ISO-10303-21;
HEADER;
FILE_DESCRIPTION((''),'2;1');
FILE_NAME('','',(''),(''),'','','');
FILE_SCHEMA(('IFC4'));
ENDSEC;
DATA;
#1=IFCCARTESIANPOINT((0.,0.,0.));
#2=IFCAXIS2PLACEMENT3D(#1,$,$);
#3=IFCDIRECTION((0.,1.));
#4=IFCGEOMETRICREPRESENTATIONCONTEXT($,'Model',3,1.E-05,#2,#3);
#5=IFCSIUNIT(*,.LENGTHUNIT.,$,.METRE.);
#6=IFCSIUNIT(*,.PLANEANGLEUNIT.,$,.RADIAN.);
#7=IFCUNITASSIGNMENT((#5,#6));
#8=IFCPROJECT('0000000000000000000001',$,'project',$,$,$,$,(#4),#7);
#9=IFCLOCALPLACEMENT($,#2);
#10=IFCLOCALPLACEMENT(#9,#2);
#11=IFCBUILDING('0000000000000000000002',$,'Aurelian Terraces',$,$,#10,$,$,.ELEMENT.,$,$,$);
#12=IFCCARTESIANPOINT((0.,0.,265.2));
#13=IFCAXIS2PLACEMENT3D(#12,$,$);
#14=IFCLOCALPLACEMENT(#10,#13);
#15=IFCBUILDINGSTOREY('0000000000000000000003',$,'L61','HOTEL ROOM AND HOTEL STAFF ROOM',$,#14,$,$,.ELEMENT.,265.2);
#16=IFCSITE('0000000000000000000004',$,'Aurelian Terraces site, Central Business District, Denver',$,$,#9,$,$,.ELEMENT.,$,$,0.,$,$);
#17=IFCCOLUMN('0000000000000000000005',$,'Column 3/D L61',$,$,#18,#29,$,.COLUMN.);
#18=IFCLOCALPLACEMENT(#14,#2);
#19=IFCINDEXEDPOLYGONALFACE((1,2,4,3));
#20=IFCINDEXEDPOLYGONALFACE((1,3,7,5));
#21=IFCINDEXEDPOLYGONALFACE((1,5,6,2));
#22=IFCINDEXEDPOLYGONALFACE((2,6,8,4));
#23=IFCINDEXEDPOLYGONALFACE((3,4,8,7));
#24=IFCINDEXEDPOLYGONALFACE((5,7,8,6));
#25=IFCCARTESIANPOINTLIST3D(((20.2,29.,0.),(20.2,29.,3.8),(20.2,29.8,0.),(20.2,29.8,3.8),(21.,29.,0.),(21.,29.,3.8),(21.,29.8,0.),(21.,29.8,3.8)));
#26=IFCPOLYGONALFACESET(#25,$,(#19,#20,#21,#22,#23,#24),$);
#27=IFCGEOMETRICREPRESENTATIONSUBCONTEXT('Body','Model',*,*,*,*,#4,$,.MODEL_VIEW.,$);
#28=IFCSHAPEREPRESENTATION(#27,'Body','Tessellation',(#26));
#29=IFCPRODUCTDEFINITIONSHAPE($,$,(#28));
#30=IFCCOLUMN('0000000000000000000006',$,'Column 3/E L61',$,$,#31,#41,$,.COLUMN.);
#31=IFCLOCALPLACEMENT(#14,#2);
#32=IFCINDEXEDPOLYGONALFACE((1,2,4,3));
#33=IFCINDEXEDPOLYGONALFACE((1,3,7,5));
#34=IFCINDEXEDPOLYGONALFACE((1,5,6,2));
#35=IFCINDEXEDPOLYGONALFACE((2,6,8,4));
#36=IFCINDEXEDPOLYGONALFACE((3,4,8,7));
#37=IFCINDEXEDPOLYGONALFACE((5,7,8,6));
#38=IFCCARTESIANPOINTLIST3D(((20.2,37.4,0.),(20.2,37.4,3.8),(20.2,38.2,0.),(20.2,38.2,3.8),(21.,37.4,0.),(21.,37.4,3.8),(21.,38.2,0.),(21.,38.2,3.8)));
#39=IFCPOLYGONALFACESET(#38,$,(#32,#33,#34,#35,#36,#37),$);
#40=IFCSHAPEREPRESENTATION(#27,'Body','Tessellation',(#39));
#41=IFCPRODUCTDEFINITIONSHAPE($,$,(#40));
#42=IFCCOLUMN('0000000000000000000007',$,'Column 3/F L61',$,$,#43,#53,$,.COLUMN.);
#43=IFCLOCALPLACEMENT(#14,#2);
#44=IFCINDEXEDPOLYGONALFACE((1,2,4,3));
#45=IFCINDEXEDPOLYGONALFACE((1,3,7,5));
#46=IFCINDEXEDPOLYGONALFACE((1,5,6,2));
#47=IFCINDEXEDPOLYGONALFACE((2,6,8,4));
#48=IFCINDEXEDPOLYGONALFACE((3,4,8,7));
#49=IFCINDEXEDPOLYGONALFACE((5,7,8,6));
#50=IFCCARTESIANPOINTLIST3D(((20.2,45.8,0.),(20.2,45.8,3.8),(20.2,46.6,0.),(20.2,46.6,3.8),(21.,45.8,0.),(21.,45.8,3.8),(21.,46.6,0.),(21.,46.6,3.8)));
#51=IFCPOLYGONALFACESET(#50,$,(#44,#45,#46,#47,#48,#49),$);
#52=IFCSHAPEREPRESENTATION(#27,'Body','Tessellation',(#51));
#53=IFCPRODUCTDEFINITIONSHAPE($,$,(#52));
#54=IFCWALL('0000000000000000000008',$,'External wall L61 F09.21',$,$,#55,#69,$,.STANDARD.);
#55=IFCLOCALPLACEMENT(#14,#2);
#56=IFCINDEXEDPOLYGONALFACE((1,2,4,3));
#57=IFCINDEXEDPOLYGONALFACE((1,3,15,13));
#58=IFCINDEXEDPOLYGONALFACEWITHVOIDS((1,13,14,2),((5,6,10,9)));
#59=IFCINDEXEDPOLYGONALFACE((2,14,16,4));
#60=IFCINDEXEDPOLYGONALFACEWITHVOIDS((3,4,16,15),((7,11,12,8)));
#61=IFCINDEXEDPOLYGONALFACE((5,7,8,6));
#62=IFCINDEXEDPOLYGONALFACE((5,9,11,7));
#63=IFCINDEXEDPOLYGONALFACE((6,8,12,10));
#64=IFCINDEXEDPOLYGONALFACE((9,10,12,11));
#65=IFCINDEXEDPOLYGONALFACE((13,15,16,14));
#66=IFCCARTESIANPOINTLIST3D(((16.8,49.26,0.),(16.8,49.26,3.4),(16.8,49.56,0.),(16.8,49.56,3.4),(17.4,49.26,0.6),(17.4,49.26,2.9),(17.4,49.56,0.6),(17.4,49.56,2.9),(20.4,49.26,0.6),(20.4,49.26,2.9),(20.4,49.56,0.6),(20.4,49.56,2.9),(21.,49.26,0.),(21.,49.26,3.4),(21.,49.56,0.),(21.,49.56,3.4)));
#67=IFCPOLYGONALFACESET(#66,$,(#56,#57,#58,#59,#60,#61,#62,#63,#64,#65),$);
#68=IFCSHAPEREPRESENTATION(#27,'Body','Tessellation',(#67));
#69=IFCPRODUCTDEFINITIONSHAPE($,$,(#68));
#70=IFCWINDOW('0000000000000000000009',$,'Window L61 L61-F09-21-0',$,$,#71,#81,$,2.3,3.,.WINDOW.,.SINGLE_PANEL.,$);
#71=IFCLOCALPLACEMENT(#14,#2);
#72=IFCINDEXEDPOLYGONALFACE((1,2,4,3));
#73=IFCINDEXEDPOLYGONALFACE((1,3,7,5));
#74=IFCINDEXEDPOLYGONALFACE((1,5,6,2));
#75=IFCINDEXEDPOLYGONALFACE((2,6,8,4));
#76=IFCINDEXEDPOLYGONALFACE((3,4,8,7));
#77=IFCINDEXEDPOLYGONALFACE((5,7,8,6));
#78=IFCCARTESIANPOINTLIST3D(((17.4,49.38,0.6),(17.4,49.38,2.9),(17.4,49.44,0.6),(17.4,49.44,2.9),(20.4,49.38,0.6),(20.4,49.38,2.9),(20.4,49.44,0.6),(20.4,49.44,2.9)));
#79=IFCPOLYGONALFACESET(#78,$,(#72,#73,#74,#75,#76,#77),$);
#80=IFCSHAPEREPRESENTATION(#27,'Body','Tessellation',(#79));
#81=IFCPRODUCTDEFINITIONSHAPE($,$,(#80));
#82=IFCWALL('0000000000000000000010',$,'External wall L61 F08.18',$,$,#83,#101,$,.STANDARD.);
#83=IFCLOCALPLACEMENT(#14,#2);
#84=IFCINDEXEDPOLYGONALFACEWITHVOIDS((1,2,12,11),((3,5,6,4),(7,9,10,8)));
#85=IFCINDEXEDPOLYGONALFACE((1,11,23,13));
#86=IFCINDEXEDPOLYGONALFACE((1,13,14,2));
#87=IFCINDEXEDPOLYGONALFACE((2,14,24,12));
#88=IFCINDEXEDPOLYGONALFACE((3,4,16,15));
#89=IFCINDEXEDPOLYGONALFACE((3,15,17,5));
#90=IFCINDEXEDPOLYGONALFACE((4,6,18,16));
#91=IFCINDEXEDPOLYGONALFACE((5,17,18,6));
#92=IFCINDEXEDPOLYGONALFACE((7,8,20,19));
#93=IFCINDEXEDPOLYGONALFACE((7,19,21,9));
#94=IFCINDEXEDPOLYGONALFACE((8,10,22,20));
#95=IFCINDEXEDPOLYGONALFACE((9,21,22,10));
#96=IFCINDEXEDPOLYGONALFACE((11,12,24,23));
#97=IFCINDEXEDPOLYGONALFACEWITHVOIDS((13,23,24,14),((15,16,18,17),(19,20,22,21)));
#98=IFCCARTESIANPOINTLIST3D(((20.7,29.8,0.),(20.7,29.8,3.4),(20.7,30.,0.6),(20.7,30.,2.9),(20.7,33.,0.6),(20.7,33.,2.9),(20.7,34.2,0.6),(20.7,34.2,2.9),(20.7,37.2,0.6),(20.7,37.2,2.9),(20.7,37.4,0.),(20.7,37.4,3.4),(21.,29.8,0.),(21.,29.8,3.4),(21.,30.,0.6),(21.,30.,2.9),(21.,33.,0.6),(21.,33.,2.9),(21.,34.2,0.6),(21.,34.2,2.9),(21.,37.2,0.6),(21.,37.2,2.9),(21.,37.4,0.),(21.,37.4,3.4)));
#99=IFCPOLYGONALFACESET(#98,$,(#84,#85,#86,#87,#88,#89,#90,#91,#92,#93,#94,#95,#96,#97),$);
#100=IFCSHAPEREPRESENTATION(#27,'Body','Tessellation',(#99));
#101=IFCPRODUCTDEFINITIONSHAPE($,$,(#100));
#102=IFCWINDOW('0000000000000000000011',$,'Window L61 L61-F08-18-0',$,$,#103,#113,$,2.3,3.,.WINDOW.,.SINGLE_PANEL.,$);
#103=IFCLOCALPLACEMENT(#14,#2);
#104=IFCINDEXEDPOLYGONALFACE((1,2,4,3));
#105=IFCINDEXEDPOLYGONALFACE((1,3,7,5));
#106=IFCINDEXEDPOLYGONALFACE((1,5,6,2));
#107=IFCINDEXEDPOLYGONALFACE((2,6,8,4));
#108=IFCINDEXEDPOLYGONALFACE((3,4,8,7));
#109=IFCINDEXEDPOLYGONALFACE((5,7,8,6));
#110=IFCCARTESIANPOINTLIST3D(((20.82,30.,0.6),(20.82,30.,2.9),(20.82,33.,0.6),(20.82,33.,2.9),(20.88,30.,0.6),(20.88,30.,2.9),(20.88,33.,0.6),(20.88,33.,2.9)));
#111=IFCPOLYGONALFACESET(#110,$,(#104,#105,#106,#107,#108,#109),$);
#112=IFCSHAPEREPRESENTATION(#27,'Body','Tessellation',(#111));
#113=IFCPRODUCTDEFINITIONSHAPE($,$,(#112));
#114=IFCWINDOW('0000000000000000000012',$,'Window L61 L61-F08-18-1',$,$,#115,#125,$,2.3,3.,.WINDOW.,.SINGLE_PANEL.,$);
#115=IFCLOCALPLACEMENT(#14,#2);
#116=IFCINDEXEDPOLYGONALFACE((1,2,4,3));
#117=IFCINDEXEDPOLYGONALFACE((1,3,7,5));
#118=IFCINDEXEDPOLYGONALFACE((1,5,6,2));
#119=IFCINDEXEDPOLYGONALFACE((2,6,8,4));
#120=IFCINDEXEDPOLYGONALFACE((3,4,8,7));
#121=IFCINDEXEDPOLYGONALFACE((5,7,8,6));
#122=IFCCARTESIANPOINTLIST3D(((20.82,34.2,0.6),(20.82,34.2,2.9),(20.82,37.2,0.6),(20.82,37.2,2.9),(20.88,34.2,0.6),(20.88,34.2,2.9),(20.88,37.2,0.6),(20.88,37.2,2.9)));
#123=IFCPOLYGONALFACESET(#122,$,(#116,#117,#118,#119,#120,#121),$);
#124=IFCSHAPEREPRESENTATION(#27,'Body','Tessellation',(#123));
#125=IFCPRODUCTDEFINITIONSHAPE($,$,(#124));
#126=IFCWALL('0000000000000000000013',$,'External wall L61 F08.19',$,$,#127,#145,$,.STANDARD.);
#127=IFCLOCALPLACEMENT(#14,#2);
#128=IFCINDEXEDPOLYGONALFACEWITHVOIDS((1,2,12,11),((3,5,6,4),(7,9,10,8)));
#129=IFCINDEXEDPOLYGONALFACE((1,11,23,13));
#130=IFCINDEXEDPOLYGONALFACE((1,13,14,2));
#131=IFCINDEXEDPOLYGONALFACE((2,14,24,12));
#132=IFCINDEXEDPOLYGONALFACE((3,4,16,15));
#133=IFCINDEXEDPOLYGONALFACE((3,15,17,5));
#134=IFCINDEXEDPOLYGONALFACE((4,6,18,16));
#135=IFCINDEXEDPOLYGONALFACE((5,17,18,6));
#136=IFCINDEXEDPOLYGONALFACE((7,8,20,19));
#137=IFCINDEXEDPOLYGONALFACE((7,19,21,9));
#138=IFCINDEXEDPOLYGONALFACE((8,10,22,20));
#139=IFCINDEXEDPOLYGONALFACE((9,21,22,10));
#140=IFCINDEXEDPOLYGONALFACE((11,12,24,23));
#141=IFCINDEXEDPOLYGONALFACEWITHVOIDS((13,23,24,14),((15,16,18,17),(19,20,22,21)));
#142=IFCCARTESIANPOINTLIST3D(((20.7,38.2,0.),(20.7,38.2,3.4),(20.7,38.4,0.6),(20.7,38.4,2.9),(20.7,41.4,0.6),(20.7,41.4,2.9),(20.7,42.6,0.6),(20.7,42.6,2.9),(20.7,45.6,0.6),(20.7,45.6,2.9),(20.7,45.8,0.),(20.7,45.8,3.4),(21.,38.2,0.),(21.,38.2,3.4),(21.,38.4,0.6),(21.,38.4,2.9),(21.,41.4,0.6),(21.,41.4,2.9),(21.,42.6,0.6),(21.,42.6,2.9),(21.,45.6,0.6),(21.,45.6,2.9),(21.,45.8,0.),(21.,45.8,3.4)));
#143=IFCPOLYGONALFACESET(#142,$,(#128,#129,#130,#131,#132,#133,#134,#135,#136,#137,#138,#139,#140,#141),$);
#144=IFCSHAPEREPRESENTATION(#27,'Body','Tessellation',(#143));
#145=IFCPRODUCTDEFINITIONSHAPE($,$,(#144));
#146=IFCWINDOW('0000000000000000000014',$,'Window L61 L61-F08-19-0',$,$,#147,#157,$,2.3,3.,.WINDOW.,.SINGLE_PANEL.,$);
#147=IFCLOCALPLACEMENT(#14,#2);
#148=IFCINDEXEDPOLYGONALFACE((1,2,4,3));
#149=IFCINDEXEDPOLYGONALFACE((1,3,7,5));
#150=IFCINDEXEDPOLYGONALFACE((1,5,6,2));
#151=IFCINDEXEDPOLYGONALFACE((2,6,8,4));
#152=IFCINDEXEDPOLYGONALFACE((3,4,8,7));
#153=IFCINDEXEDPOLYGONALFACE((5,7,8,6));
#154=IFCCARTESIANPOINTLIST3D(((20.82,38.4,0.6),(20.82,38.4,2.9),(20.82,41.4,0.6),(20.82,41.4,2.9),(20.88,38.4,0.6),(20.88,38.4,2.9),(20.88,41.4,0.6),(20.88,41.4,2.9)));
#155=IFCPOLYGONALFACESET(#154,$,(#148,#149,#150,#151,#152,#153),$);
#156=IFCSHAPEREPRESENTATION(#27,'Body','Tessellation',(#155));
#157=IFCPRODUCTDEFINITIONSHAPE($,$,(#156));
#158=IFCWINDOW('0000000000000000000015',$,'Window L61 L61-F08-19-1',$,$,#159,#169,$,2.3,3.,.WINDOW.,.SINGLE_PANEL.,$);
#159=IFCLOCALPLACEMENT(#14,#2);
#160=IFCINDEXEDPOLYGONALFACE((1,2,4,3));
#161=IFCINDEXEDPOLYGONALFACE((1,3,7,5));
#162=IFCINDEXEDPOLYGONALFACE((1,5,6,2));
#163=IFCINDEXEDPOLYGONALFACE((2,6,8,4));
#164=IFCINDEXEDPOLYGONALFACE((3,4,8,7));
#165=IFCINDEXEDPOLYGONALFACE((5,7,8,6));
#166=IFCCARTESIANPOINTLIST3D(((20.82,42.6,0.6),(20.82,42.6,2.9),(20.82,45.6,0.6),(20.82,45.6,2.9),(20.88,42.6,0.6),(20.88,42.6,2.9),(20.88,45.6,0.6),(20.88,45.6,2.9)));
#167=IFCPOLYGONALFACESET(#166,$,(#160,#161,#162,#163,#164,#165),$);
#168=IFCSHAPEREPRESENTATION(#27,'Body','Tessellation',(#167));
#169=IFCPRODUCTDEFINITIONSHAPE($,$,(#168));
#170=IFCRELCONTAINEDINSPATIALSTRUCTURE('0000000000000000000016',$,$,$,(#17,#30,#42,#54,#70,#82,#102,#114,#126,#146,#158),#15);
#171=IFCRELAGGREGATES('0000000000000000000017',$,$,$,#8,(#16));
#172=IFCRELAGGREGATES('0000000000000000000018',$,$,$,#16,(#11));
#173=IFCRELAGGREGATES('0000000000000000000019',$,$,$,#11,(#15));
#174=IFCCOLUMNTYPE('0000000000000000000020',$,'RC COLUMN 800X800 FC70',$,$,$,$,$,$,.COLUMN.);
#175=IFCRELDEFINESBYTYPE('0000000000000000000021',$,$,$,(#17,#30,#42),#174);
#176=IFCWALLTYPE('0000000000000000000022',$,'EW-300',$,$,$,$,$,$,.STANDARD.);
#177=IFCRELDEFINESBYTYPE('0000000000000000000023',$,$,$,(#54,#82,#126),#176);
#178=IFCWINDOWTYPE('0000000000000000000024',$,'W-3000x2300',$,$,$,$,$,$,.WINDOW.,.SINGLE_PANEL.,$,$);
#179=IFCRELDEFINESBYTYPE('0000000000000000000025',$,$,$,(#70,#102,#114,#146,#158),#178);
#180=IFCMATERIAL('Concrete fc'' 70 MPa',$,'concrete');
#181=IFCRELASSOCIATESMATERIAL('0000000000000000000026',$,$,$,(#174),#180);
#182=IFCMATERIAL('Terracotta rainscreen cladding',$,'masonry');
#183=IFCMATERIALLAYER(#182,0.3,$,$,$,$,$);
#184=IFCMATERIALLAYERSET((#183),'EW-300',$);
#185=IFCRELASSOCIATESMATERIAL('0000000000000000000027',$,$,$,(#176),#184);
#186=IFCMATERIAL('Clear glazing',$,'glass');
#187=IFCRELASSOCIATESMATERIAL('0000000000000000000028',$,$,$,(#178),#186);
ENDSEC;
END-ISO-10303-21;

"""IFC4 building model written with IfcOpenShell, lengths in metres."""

from ifc_helpers import new_model, si_unit, direction, frame, frame_2d, origin, origin_2d, place, context, subcontext, project, spatial, rectangle, extrude, source, transform, mapped, material, layer, layer_set, material_profile, profile_set, type_object, element, fill, save


model = new_model("IFC4")

# Units and contexts
model_context = context("Model", 3, precision=1e-05, world=origin(), true_north=direction((0.0, 1.0)))
body_context = subcontext(model_context, "Body", "Model", "MODEL_VIEW")
ifc_project = project(units=[si_unit("LENGTHUNIT", "METRE"), si_unit("PLANEANGLEUNIT", "RADIAN")], contexts=[model_context])

# Site, building, storey
site_placement = place(None, origin())
site = spatial("IfcSite", under=ifc_project, at=site_placement, Name="Aurelian Terraces site, Central Business District, Denver", CompositionType="ELEMENT", RefElevation=0.0)
building_placement = place(site_placement, origin())
building = spatial("IfcBuilding", under=site, at=building_placement, Name="Aurelian Terraces", CompositionType="ELEMENT")
storey_placement = place(building_placement, frame((0.0, 0.0, 265.2)))
storey = spatial("IfcBuildingStorey", under=building, at=storey_placement, Name="L61", Description="HOTEL ROOM AND HOTEL STAFF ROOM", CompositionType="ELEMENT", Elevation=265.2)

# Columns
ifc_material_1 = material(Name="Concrete fc' 70 MPa", Category="concrete")
ifc_material_profile = material_profile(ifc_material_1, rectangle(XDim=0.8, YDim=0.8, at=origin_2d()))
ifc_profile_set = profile_set([ifc_material_profile], Name="Concrete fc' 70 MPa")
column_type = type_object("IfcColumnType", Name="RC COLUMN 800X800 FC70", PredefinedType="COLUMN", material=ifc_profile_set)
shared_shape_1 = source(origin(), body_context, "Body", "SweptSolid", [
    extrude(rectangle(XDim=0.8, YDim=0.8, at=origin_2d()), origin(), (0.0, 0.0, 1.0), 3.8),
])
for number, where, z_axis, x_axis, name in (
    (1, (20.6, 29.4, 0.0), (0.0, 0.0, 1.0), (1.0, 0.0, 0.0), "Column 3/D L61"),
    (2, (20.6, 37.8, 0.0), (0.0, 0.0, 1.0), (1.0, 0.0, 0.0), "Column 3/E L61"),
    (3, (20.6, 46.2, 0.0), (0.0, 0.0, 1.0), (1.0, 0.0, 0.0), "Column 3/F L61"),
):
    element("IfcColumn", number, at=place(storey_placement, frame(where, z_axis=z_axis, x_axis=x_axis)), inside=storey, type_object=column_type, Name=name, PredefinedType="COLUMN", context=body_context, shape_type="MappedRepresentation", body=[
        mapped(shared_shape_1, transform((0.0, 0.0, 0.0), scale=1.0)),
    ])

# Wall, opening, window
ifc_material_2 = material(Name="Terracotta rainscreen cladding", Category="masonry")
ifc_layer_1 = layer(ifc_material_2, 0.3)
ifc_layer_set_1 = layer_set([ifc_layer_1], Name="EW-300")
wall_type_1 = type_object("IfcWallType", Name="EW-300", PredefinedType="STANDARD", material=ifc_layer_set_1)
shared_shape_2 = source(origin(), body_context, "Body", "SweptSolid", [
    extrude(rectangle(XDim=4.2, YDim=0.3, at=frame_2d((2.1, 0.0))), origin(), (0.0, 0.0, 1.0), 3.4),
])
wall_1_placement = place(storey_placement, frame((21.0, 49.41, 0.0), z_axis=(0.0, 0.0, 1.0), x_axis=(-1.0, 0.0, 0.0)))
wall_1 = element("IfcWall", 4, at=wall_1_placement, inside=storey, type_object=wall_type_1, Name="External wall L61 F09.21", PredefinedType="STANDARD", context=body_context, shape_type="MappedRepresentation", body=[
    mapped(shared_shape_2, transform((0.0, 0.0, 0.0), scale=1.0)),
])
shared_shape_3 = source(origin(), body_context, "Body", "SweptSolid", [
    extrude(rectangle(XDim=3.0, YDim=2.3, at=frame_2d((1.5, 1.15))), frame((0.0, 0.16, 0.0), z_axis=(0.0, -1.0, 0.0), x_axis=(1.0, 0.0, 0.0)), (0.0, 0.0, 1.0), 0.32),
])
opening_1_placement = place(wall_1_placement, frame((0.6, 0.0, 0.6)))
opening_1 = element("IfcOpeningElement", 5, at=opening_1_placement, cuts=wall_1, PredefinedType="OPENING", context=body_context, shape_type="MappedRepresentation", body=[
    mapped(shared_shape_3, transform((0.0, 0.0, 0.0), scale=1.0)),
])
ifc_material_3 = material(Name="Clear glazing", Category="glass")
window_type_1 = type_object("IfcWindowType", Name="W-3000x2300", PartitioningType="SINGLE_PANEL", PredefinedType="WINDOW", material=ifc_material_3)
shared_shape_4 = source(origin(), body_context, "Body", "SweptSolid", [
    extrude(rectangle(XDim=3.0, YDim=2.3, at=frame_2d((1.5, 1.15))), frame((0.0, 0.03, 0.0), z_axis=(0.0, -1.0, 0.0), x_axis=(1.0, 0.0, 0.0)), (0.0, 0.0, 1.0), 0.06),
])
window_1_placement = place(opening_1_placement, origin())
window_1 = element("IfcWindow", 6, at=window_1_placement, inside=storey, type_object=window_type_1, Name="Window L61 L61-F09-21-0", OverallHeight=2.3, OverallWidth=3.0, PartitioningType="SINGLE_PANEL", PredefinedType="WINDOW", context=body_context, shape_type="MappedRepresentation", body=[
    mapped(shared_shape_4, transform((0.0, 0.0, 0.0), scale=1.0)),
])
fill(opening_1, window_1)

# Walls, openings, windows
shared_shape_5 = source(origin(), body_context, "Body", "SweptSolid", [
    extrude(rectangle(XDim=7.6, YDim=0.3, at=frame_2d((3.8, 0.0))), origin(), (0.0, 0.0, 1.0), 3.4),
])
wall_2_placement = place(storey_placement, frame((20.85, 29.8, 0.0), z_axis=(0.0, 0.0, 1.0), x_axis=(0.0, 1.0, 0.0)))
wall_2 = element("IfcWall", 7, at=wall_2_placement, inside=storey, type_object=wall_type_1, Name="External wall L61 F08.18", PredefinedType="STANDARD", context=body_context, shape_type="MappedRepresentation", body=[
    mapped(shared_shape_5, transform((0.0, 0.0, 0.0), scale=1.0)),
])
opening_2_placement = place(wall_2_placement, frame((0.2, 0.0, 0.6)))
opening_2 = element("IfcOpeningElement", 8, at=opening_2_placement, cuts=wall_2, PredefinedType="OPENING", context=body_context, shape_type="MappedRepresentation", body=[
    mapped(shared_shape_3, transform((0.0, 0.0, 0.0), scale=1.0)),
])
opening_3_placement = place(wall_2_placement, frame((4.4, 0.0, 0.6)))
opening_3 = element("IfcOpeningElement", 9, at=opening_3_placement, cuts=wall_2, PredefinedType="OPENING", context=body_context, shape_type="MappedRepresentation", body=[
    mapped(shared_shape_3, transform((0.0, 0.0, 0.0), scale=1.0)),
])
window_2_placement = place(opening_2_placement, origin())
window_2 = element("IfcWindow", 10, at=window_2_placement, inside=storey, type_object=window_type_1, Name="Window L61 L61-F08-18-0", OverallHeight=2.3, OverallWidth=3.0, PartitioningType="SINGLE_PANEL", PredefinedType="WINDOW", context=body_context, shape_type="MappedRepresentation", body=[
    mapped(shared_shape_4, transform((0.0, 0.0, 0.0), scale=1.0)),
])
fill(opening_2, window_2)
window_3_placement = place(opening_3_placement, origin())
window_3 = element("IfcWindow", 11, at=window_3_placement, inside=storey, type_object=window_type_1, Name="Window L61 L61-F08-18-1", OverallHeight=2.3, OverallWidth=3.0, PartitioningType="SINGLE_PANEL", PredefinedType="WINDOW", context=body_context, shape_type="MappedRepresentation", body=[
    mapped(shared_shape_4, transform((0.0, 0.0, 0.0), scale=1.0)),
])
fill(opening_3, window_3)
wall_3_placement = place(storey_placement, frame((20.85, 38.2, 0.0), z_axis=(0.0, 0.0, 1.0), x_axis=(0.0, 1.0, 0.0)))
wall_3 = element("IfcWall", 12, at=wall_3_placement, inside=storey, type_object=wall_type_1, Name="External wall L61 F08.19", PredefinedType="STANDARD", context=body_context, shape_type="MappedRepresentation", body=[
    mapped(shared_shape_5, transform((0.0, 0.0, 0.0), scale=1.0)),
])
opening_4_placement = place(wall_3_placement, frame((0.2, 0.0, 0.6)))
opening_4 = element("IfcOpeningElement", 13, at=opening_4_placement, cuts=wall_3, PredefinedType="OPENING", context=body_context, shape_type="MappedRepresentation", body=[
    mapped(shared_shape_3, transform((0.0, 0.0, 0.0), scale=1.0)),
])
opening_5_placement = place(wall_3_placement, frame((4.4, 0.0, 0.6)))
opening_5 = element("IfcOpeningElement", 14, at=opening_5_placement, cuts=wall_3, PredefinedType="OPENING", context=body_context, shape_type="MappedRepresentation", body=[
    mapped(shared_shape_3, transform((0.0, 0.0, 0.0), scale=1.0)),
])
window_4_placement = place(opening_4_placement, origin())
window_4 = element("IfcWindow", 15, at=window_4_placement, inside=storey, type_object=window_type_1, Name="Window L61 L61-F08-19-0", OverallHeight=2.3, OverallWidth=3.0, PartitioningType="SINGLE_PANEL", PredefinedType="WINDOW", context=body_context, shape_type="MappedRepresentation", body=[
    mapped(shared_shape_4, transform((0.0, 0.0, 0.0), scale=1.0)),
])
fill(opening_4, window_4)
window_5_placement = place(opening_5_placement, origin())
window_5 = element("IfcWindow", 16, at=window_5_placement, inside=storey, type_object=window_type_1, Name="Window L61 L61-F08-19-1", OverallHeight=2.3, OverallWidth=3.0, PartitioningType="SINGLE_PANEL", PredefinedType="WINDOW", context=body_context, shape_type="MappedRepresentation", body=[
    mapped(shared_shape_4, transform((0.0, 0.0, 0.0), scale=1.0)),
])
fill(opening_5, window_5)

save(model, "model.ifc")
